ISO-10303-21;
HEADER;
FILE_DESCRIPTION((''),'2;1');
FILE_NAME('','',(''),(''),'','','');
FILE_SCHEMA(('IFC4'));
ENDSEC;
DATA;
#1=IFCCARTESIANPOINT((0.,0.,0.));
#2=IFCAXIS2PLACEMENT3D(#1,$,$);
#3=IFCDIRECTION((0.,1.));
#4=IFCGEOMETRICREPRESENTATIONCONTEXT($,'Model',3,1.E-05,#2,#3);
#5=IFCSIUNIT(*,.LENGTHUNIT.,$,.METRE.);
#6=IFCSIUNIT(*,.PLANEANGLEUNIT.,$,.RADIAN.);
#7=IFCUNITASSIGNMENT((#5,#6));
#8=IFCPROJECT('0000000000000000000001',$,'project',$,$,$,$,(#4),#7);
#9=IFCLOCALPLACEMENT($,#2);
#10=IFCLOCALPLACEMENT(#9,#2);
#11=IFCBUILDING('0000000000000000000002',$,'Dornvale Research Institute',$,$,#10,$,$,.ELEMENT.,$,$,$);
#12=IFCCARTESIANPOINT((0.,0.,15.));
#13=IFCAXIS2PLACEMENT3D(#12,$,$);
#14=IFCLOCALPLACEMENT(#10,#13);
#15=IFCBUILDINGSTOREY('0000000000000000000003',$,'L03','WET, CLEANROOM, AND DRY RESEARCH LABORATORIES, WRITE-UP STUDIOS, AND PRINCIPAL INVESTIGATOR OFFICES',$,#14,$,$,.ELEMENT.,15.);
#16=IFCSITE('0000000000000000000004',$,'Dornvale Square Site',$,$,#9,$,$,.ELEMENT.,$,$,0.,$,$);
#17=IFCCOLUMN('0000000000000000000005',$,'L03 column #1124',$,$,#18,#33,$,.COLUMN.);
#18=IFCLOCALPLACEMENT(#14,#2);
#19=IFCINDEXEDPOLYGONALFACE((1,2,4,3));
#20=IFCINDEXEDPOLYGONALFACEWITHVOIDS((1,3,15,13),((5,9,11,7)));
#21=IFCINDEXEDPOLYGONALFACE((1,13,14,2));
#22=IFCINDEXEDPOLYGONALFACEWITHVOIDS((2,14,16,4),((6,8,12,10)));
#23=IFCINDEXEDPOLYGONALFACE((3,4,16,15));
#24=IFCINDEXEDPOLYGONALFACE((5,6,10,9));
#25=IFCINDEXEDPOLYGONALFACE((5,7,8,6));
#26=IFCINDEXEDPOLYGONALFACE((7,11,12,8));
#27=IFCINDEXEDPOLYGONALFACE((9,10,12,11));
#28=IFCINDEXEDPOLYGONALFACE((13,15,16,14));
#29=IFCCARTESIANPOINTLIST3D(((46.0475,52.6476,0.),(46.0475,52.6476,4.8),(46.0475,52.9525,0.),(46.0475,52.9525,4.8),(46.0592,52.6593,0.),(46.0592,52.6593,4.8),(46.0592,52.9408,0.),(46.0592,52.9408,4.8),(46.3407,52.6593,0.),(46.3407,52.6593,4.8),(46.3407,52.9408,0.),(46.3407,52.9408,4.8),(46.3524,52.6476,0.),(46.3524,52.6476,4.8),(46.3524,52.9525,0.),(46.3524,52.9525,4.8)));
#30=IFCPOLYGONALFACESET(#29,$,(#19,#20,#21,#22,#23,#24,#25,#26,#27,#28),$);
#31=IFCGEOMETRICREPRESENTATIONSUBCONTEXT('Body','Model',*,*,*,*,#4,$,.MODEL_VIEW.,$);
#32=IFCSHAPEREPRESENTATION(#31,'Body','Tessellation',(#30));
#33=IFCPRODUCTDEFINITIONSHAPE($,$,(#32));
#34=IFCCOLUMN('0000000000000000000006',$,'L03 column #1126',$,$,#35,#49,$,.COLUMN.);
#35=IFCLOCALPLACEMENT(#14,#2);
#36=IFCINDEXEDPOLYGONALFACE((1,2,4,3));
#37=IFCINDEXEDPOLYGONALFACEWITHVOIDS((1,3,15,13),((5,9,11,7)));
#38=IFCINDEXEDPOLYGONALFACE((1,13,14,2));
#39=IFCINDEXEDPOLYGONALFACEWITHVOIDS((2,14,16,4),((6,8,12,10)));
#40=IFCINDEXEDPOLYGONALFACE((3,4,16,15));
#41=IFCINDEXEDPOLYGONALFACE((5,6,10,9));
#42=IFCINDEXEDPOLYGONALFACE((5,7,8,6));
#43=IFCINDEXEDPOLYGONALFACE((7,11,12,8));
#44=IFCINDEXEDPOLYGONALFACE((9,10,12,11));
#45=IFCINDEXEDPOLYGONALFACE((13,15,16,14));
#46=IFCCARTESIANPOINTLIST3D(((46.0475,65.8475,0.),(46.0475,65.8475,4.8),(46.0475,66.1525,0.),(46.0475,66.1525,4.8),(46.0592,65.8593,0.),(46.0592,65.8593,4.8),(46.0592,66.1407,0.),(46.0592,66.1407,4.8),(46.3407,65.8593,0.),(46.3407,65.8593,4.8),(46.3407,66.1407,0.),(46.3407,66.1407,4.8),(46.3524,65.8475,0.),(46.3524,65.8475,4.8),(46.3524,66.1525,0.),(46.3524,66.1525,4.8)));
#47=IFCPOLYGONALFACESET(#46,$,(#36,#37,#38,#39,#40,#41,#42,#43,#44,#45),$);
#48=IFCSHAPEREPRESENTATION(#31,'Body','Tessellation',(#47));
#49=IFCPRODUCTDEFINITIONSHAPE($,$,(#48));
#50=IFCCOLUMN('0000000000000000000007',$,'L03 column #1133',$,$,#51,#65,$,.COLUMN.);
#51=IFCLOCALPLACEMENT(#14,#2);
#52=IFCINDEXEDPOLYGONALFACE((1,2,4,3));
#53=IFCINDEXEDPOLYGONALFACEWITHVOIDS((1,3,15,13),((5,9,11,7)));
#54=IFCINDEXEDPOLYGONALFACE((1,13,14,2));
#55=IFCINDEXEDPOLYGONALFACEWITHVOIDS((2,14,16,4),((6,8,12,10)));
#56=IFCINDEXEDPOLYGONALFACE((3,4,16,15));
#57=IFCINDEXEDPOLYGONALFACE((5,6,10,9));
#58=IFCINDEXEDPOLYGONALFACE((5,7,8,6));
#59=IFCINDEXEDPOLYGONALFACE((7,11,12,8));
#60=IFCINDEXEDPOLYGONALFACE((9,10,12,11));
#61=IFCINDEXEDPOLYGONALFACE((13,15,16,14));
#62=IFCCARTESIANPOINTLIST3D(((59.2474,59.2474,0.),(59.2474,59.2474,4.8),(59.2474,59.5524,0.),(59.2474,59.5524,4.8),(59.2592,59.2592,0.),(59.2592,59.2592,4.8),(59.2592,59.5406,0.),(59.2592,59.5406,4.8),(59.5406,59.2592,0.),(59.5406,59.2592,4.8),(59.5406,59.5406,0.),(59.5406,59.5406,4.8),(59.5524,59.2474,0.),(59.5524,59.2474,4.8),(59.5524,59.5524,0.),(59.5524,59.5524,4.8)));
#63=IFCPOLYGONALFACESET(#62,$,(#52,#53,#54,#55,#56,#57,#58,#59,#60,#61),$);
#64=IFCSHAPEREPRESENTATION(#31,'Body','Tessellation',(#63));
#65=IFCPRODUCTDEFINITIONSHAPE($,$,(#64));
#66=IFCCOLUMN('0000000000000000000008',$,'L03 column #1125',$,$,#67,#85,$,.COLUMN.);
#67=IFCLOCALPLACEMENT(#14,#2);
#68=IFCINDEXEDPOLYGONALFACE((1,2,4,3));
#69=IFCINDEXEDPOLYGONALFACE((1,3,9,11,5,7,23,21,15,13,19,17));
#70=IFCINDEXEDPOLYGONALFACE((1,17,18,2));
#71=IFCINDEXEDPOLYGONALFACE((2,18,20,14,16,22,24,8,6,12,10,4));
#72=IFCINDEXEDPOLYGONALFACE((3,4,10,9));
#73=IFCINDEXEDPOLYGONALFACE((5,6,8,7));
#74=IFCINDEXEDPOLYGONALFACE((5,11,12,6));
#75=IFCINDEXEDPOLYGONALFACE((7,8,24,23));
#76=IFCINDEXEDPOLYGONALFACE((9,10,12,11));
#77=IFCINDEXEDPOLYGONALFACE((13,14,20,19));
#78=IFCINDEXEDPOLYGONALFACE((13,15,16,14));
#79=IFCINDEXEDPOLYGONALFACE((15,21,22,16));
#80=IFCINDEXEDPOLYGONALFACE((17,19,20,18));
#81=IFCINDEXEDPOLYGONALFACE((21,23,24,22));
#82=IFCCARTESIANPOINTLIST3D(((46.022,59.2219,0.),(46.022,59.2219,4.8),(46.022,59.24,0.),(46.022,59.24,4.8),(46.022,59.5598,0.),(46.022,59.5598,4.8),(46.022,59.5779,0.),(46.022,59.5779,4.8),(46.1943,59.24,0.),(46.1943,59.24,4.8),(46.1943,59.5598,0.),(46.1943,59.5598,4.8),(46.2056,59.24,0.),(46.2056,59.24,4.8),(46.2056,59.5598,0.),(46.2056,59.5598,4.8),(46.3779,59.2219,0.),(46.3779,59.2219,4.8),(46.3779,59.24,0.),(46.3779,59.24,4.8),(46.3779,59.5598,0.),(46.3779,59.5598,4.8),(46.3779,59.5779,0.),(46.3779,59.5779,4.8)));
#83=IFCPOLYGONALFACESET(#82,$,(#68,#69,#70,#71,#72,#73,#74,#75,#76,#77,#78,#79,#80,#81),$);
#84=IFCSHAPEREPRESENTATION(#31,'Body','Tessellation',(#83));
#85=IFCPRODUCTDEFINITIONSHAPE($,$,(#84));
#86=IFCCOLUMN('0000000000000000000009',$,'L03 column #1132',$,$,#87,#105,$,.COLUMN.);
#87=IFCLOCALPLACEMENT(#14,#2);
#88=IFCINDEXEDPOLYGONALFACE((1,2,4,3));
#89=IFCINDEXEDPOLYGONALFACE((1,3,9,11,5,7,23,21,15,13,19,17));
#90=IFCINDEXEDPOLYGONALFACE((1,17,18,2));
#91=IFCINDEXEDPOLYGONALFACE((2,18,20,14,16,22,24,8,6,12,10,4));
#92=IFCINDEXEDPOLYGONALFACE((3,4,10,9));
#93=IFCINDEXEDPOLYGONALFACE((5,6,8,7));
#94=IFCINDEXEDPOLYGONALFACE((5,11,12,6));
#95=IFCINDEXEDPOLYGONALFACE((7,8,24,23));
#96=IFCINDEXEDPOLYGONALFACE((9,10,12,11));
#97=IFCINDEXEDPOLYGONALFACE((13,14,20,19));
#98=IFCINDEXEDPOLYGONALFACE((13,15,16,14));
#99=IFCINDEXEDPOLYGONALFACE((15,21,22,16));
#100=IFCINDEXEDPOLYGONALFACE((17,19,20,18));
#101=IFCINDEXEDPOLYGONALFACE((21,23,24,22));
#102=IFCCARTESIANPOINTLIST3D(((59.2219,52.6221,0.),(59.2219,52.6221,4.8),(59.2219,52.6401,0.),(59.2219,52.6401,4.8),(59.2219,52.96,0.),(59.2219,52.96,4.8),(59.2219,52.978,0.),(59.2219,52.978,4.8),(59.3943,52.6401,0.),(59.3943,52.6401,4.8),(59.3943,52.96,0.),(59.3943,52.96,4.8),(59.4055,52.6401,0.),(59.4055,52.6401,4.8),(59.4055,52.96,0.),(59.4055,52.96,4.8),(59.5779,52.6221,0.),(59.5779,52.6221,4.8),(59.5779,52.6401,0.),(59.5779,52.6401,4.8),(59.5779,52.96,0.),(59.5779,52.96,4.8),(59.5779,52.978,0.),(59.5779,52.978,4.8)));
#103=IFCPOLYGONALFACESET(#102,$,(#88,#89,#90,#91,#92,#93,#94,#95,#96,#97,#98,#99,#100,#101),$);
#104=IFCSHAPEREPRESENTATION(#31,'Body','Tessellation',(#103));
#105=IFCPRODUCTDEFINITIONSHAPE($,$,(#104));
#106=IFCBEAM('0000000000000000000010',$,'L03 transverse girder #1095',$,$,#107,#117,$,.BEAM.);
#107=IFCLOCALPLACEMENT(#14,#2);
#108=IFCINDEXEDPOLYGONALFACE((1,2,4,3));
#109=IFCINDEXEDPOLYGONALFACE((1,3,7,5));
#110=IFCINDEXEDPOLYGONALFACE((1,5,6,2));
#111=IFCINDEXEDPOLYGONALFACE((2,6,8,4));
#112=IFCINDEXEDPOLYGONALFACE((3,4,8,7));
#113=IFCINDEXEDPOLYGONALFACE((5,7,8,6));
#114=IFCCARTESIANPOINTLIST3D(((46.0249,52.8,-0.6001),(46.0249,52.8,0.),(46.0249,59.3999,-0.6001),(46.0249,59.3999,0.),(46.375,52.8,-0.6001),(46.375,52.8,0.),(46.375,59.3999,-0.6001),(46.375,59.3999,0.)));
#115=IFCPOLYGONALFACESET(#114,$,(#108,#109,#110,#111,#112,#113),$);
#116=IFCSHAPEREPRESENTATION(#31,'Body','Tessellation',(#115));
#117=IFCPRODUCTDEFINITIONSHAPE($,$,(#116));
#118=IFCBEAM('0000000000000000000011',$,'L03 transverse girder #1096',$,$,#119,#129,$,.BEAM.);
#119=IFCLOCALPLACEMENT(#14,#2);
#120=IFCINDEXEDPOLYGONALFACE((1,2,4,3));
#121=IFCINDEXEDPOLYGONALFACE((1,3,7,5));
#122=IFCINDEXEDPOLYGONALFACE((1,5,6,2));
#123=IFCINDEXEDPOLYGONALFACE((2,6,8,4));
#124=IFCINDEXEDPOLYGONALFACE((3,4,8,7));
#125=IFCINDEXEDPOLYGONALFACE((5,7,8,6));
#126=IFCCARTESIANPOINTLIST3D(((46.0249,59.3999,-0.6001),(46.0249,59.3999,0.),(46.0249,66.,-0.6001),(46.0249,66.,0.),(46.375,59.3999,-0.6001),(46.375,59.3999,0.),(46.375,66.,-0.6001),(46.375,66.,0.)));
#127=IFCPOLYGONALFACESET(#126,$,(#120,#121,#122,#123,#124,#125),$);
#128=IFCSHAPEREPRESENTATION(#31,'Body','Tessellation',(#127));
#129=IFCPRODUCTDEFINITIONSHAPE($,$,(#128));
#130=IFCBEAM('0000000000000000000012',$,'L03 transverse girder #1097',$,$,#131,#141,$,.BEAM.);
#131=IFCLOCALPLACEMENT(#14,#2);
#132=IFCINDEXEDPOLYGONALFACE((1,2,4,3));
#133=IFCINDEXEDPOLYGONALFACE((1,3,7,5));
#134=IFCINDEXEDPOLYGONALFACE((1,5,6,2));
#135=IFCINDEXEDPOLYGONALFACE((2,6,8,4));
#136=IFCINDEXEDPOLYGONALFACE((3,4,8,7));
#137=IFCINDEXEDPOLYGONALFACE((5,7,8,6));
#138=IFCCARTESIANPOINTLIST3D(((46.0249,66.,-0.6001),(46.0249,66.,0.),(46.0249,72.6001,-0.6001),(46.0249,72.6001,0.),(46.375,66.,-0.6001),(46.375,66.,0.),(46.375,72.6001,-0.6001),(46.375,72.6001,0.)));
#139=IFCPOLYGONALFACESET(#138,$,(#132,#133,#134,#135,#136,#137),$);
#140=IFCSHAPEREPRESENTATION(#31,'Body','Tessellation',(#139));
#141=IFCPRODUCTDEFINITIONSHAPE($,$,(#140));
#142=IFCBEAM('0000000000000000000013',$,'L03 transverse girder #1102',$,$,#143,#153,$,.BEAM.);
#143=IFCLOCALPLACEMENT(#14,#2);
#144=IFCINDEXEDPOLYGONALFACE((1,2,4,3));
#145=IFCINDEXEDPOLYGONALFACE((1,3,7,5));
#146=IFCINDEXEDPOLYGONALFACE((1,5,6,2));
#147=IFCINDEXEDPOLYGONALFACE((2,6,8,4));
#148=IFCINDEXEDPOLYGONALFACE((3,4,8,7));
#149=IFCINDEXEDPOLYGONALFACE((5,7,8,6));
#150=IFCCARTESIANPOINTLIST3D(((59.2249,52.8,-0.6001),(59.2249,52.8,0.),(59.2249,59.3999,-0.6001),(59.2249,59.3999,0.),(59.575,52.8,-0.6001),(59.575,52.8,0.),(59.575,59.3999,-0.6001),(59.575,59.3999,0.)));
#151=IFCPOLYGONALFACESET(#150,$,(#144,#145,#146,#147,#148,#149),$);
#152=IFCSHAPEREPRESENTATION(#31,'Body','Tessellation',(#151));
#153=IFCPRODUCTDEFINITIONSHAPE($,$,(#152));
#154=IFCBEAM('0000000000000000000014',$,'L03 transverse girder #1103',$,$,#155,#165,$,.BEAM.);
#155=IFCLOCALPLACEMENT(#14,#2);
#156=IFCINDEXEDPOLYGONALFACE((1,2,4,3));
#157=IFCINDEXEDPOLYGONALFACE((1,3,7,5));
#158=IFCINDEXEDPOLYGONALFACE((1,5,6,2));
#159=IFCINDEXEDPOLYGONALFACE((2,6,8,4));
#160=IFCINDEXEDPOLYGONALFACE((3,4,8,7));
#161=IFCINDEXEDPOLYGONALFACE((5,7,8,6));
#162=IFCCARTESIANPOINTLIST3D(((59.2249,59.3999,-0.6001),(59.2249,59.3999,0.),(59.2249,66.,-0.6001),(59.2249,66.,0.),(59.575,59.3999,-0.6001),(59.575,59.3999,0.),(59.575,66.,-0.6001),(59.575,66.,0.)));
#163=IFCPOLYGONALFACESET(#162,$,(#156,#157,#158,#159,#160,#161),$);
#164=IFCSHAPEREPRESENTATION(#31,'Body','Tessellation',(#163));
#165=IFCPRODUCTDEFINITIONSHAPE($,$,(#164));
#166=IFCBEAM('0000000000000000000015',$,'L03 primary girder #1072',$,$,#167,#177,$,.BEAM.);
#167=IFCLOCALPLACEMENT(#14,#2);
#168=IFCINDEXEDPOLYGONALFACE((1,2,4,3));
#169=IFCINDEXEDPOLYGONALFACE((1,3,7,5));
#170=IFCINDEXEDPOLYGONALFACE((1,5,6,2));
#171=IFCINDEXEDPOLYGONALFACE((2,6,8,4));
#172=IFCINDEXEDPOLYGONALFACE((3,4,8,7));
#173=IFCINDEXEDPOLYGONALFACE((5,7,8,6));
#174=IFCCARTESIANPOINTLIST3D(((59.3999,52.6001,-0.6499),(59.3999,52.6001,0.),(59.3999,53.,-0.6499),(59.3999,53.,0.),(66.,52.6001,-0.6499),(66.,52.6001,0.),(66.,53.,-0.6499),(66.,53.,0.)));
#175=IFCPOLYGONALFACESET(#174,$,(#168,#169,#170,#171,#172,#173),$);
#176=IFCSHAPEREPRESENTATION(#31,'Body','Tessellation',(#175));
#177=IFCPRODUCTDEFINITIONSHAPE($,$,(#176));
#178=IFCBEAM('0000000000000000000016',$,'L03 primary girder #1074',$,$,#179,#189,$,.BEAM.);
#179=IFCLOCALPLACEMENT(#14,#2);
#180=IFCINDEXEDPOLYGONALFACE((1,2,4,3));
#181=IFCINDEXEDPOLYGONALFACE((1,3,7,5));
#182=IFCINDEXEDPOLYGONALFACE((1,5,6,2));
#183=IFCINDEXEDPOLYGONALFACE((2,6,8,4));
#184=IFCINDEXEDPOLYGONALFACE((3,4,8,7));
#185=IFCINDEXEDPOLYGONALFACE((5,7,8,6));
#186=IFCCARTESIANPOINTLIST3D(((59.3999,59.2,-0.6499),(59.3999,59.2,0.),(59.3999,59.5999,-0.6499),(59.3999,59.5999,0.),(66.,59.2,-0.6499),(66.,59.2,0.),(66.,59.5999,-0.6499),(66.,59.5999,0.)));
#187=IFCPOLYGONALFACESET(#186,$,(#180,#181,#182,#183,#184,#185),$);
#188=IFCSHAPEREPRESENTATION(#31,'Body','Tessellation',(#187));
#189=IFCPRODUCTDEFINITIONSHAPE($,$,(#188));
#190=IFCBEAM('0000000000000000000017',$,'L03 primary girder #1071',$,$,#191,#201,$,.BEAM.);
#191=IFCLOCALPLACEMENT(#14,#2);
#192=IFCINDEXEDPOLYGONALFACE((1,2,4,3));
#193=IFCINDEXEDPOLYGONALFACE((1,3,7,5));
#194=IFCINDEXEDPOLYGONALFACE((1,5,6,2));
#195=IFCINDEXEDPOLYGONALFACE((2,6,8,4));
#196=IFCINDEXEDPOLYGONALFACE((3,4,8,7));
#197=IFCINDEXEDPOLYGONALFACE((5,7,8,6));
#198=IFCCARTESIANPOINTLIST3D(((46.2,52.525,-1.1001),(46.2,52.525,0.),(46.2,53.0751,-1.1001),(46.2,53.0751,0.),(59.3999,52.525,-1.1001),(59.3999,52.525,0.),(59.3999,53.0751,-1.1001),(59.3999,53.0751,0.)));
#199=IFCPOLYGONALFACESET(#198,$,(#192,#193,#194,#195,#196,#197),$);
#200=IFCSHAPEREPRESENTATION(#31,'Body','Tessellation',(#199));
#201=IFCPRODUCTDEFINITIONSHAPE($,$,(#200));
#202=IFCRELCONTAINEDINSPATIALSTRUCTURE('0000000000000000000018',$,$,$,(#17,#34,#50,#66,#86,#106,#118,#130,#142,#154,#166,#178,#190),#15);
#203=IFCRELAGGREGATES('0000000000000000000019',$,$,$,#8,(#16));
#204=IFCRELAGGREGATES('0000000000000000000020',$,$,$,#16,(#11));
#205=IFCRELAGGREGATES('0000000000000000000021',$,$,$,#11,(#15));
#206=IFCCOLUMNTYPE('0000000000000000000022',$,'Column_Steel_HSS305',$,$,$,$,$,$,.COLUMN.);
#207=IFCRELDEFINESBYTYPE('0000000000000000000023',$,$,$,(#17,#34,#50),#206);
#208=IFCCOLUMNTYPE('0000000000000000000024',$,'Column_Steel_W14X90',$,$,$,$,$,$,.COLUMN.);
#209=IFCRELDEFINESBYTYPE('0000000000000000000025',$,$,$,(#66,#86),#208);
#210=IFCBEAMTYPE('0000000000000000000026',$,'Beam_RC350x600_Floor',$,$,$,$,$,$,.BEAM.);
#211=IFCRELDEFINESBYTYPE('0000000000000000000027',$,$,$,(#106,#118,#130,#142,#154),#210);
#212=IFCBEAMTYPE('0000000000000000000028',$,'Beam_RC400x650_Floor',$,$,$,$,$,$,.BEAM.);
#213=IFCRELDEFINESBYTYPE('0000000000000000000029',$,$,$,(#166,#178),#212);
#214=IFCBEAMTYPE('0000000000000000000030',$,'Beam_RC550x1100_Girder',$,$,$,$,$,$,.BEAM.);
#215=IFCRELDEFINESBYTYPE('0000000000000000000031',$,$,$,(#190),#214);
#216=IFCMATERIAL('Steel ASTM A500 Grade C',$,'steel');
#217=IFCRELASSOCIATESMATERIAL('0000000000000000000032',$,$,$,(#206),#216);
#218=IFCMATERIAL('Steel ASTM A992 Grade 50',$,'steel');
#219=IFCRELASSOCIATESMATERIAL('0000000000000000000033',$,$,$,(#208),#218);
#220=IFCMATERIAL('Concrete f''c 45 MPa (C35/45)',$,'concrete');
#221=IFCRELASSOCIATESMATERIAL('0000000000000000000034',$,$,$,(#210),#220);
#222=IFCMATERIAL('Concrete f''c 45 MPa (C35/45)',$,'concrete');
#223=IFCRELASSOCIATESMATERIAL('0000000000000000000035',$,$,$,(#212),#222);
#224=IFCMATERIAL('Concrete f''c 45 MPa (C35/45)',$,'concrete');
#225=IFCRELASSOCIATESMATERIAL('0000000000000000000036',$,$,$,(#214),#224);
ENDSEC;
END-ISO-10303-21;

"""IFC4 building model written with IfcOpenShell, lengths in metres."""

from ifc_helpers import new_model, si_unit, direction, frame, origin, origin_2d, place, context, subcontext, project, spatial, rectangle, hollow_rectangle, i_section, extrude, material, material_profile, profile_set, type_object, element, save


model = new_model("IFC4")

# Units and contexts
model_context = context("Model", 3, precision=1e-05, world=origin(), true_north=direction((0.0, 1.0)))
body_context = subcontext(model_context, "Body", "Model", "MODEL_VIEW")
ifc_project = project(units=[si_unit("LENGTHUNIT", "METRE"), si_unit("PLANEANGLEUNIT", "RADIAN")], contexts=[model_context])

# Site, building, storey
site_placement = place(None, origin())
site = spatial("IfcSite", under=ifc_project, at=site_placement, Name="Dornvale Square Site", CompositionType="ELEMENT", RefElevation=0.0)
building_placement = place(site_placement, origin())
building = spatial("IfcBuilding", under=site, at=building_placement, Name="Dornvale Research Institute", CompositionType="ELEMENT")
storey_placement = place(building_placement, frame((0.0, 0.0, 15.0)))
storey = spatial("IfcBuildingStorey", under=building, at=storey_placement, Name="L03", Description="WET, CLEANROOM, AND DRY RESEARCH LABORATORIES, WRITE-UP STUDIOS, AND PRINCIPAL INVESTIGATOR OFFICES", CompositionType="ELEMENT", Elevation=15.0)

# Columns
ifc_material_1 = material(Name="Steel ASTM A500 Grade C", Category="steel")
ifc_material_profile_1 = material_profile(ifc_material_1, hollow_rectangle(XDim=0.3049, YDim=0.3049, WallThickness=0.0117, at=origin_2d()), Name="HSS305X305X12.7")
ifc_profile_set_1 = profile_set([ifc_material_profile_1], Name="Steel ASTM A500 Grade C")
column_type_1 = type_object("IfcColumnType", Name="Column_Steel_HSS305", PredefinedType="COLUMN", material=ifc_profile_set_1)
for number, where, z_axis, x_axis, name in (
    (1, (46.2, 52.8, 0.0), (0.0, 0.0, 1.0), (1.0, 0.0, 0.0), "L03 column #1124"),
    (2, (46.2, 66.0, 0.0), (0.0, 0.0, 1.0), (1.0, 0.0, 0.0), "L03 column #1126"),
    (3, (59.3999, 59.3999, 0.0), (0.0, 0.0, 1.0), (1.0, 0.0, 0.0), "L03 column #1133"),
):
    element("IfcColumn", number, at=place(storey_placement, frame(where, z_axis=z_axis, x_axis=x_axis)), inside=storey, type_object=column_type_1, Name=name, PredefinedType="COLUMN", context=body_context, shape_type="SweptSolid", body=[
        extrude(hollow_rectangle(XDim=0.3049, YDim=0.3049, WallThickness=0.0117, at=origin_2d()), origin(), (0.0, 0.0, 1.0), 4.8),
    ])
ifc_material_2 = material(Name="Steel ASTM A992 Grade 50", Category="steel")
ifc_material_profile_2 = material_profile(ifc_material_2, i_section(OverallWidth=0.356, OverallDepth=0.356, WebThickness=0.0112, FlangeThickness=0.0181, at=origin_2d()), Name="W14X90")
ifc_profile_set_2 = profile_set([ifc_material_profile_2], Name="Steel ASTM A992 Grade 50")
column_type_2 = type_object("IfcColumnType", Name="Column_Steel_W14X90", PredefinedType="COLUMN", material=ifc_profile_set_2)
for number, where, z_axis, x_axis, name in (
    (4, (46.2, 59.3999, 0.0), (0.0, 0.0, 1.0), (1.0, 0.0, 0.0), "L03 column #1125"),
    (5, (59.3999, 52.8, 0.0), (0.0, 0.0, 1.0), (1.0, 0.0, 0.0), "L03 column #1132"),
):
    element("IfcColumn", number, at=place(storey_placement, frame(where, z_axis=z_axis, x_axis=x_axis)), inside=storey, type_object=column_type_2, Name=name, PredefinedType="COLUMN", context=body_context, shape_type="SweptSolid", body=[
        extrude(i_section(OverallWidth=0.356, OverallDepth=0.356, WebThickness=0.0112, FlangeThickness=0.0181, at=origin_2d()), origin(), (0.0, 0.0, 1.0), 4.8),
    ])

# Beams
ifc_material_3 = material(Name="Concrete f'c 45 MPa (C35/45)", Category="concrete")
ifc_material_profile_3 = material_profile(ifc_material_3, rectangle(XDim=0.3501, YDim=0.6001, at=origin_2d()), Name="RC 350x600")
ifc_profile_set_3 = profile_set([ifc_material_profile_3], Name="Concrete f'c 45 MPa (C35/45)")
beam_type_1 = type_object("IfcBeamType", Name="Beam_RC350x600_Floor", PredefinedType="BEAM", material=ifc_profile_set_3)
beam_1_placement = place(storey_placement, frame((46.2, 52.8, -0.3), z_axis=(0.0, 1.0, 0.0), x_axis=(-1.0, 0.0, 0.0)))
element("IfcBeam", 6, at=beam_1_placement, inside=storey, type_object=beam_type_1, Name="L03 transverse girder #1095", PredefinedType="BEAM", context=body_context, shape_type="SweptSolid", body=[
    extrude(rectangle(XDim=0.3501, YDim=0.6001, at=origin_2d()), origin(), (0.0, 0.0, 1.0), 6.5999),
])
for number, where, z_axis, x_axis, name in (
    (7, (46.2, 59.3999, -0.3), (0.0, 1.0, 0.0), (-1.0, 0.0, 0.0), "L03 transverse girder #1096"),
    (8, (46.2, 66.0, -0.3), (0.0, 1.0, 0.0), (-1.0, 0.0, 0.0), "L03 transverse girder #1097"),
):
    element("IfcBeam", number, at=place(storey_placement, frame(where, z_axis=z_axis, x_axis=x_axis)), inside=storey, type_object=beam_type_1, Name=name, PredefinedType="BEAM", context=body_context, shape_type="SweptSolid", body=[
        extrude(rectangle(XDim=0.3501, YDim=0.6001, at=origin_2d()), origin(), (0.0, 0.0, 1.0), 6.6001),
    ])
beam_2_placement = place(storey_placement, frame((59.3999, 52.8, -0.3), z_axis=(0.0, 1.0, 0.0), x_axis=(-1.0, 0.0, 0.0)))
element("IfcBeam", 9, at=beam_2_placement, inside=storey, type_object=beam_type_1, Name="L03 transverse girder #1102", PredefinedType="BEAM", context=body_context, shape_type="SweptSolid", body=[
    extrude(rectangle(XDim=0.3501, YDim=0.6001, at=origin_2d()), origin(), (0.0, 0.0, 1.0), 6.5999),
])
beam_3_placement = place(storey_placement, frame((59.3999, 59.3999, -0.3), z_axis=(0.0, 1.0, 0.0), x_axis=(-1.0, 0.0, 0.0)))
element("IfcBeam", 10, at=beam_3_placement, inside=storey, type_object=beam_type_1, Name="L03 transverse girder #1103", PredefinedType="BEAM", context=body_context, shape_type="SweptSolid", body=[
    extrude(rectangle(XDim=0.3501, YDim=0.6001, at=origin_2d()), origin(), (0.0, 0.0, 1.0), 6.6001),
])
ifc_material_4 = material(Name="Concrete f'c 45 MPa (C35/45)", Category="concrete")
ifc_material_profile_4 = material_profile(ifc_material_4, rectangle(XDim=0.3999, YDim=0.6499, at=origin_2d()), Name="RC 400x650")
ifc_profile_set_4 = profile_set([ifc_material_profile_4], Name="Concrete f'c 45 MPa (C35/45)")
beam_type_2 = type_object("IfcBeamType", Name="Beam_RC400x650_Floor", PredefinedType="BEAM", material=ifc_profile_set_4)
for number, where, z_axis, x_axis, name in (
    (11, (59.3999, 52.8, -0.325), (1.0, 0.0, 0.0), (0.0, 1.0, 0.0), "L03 primary girder #1072"),
    (12, (59.3999, 59.3999, -0.325), (1.0, 0.0, 0.0), (0.0, 1.0, 0.0), "L03 primary girder #1074"),
):
    element("IfcBeam", number, at=place(storey_placement, frame(where, z_axis=z_axis, x_axis=x_axis)), inside=storey, type_object=beam_type_2, Name=name, PredefinedType="BEAM", context=body_context, shape_type="SweptSolid", body=[
        extrude(rectangle(XDim=0.3999, YDim=0.6499, at=origin_2d()), origin(), (0.0, 0.0, 1.0), 6.6001),
    ])
ifc_material_5 = material(Name="Concrete f'c 45 MPa (C35/45)", Category="concrete")
ifc_material_profile_5 = material_profile(ifc_material_5, rectangle(XDim=0.55, YDim=1.1001, at=origin_2d()), Name="RC 550x1100")
ifc_profile_set_5 = profile_set([ifc_material_profile_5], Name="Concrete f'c 45 MPa (C35/45)")
beam_type_3 = type_object("IfcBeamType", Name="Beam_RC550x1100_Girder", PredefinedType="BEAM", material=ifc_profile_set_5)
beam_4_placement = place(storey_placement, frame((46.2, 52.8, -0.55), z_axis=(1.0, 0.0, 0.0), x_axis=(0.0, 1.0, 0.0)))
element("IfcBeam", 13, at=beam_4_placement, inside=storey, type_object=beam_type_3, Name="L03 primary girder #1071", PredefinedType="BEAM", context=body_context, shape_type="SweptSolid", body=[
    extrude(rectangle(XDim=0.55, YDim=1.1001, at=origin_2d()), origin(), (0.0, 0.0, 1.0), 13.2),
])

save(model, "model.ifc")
